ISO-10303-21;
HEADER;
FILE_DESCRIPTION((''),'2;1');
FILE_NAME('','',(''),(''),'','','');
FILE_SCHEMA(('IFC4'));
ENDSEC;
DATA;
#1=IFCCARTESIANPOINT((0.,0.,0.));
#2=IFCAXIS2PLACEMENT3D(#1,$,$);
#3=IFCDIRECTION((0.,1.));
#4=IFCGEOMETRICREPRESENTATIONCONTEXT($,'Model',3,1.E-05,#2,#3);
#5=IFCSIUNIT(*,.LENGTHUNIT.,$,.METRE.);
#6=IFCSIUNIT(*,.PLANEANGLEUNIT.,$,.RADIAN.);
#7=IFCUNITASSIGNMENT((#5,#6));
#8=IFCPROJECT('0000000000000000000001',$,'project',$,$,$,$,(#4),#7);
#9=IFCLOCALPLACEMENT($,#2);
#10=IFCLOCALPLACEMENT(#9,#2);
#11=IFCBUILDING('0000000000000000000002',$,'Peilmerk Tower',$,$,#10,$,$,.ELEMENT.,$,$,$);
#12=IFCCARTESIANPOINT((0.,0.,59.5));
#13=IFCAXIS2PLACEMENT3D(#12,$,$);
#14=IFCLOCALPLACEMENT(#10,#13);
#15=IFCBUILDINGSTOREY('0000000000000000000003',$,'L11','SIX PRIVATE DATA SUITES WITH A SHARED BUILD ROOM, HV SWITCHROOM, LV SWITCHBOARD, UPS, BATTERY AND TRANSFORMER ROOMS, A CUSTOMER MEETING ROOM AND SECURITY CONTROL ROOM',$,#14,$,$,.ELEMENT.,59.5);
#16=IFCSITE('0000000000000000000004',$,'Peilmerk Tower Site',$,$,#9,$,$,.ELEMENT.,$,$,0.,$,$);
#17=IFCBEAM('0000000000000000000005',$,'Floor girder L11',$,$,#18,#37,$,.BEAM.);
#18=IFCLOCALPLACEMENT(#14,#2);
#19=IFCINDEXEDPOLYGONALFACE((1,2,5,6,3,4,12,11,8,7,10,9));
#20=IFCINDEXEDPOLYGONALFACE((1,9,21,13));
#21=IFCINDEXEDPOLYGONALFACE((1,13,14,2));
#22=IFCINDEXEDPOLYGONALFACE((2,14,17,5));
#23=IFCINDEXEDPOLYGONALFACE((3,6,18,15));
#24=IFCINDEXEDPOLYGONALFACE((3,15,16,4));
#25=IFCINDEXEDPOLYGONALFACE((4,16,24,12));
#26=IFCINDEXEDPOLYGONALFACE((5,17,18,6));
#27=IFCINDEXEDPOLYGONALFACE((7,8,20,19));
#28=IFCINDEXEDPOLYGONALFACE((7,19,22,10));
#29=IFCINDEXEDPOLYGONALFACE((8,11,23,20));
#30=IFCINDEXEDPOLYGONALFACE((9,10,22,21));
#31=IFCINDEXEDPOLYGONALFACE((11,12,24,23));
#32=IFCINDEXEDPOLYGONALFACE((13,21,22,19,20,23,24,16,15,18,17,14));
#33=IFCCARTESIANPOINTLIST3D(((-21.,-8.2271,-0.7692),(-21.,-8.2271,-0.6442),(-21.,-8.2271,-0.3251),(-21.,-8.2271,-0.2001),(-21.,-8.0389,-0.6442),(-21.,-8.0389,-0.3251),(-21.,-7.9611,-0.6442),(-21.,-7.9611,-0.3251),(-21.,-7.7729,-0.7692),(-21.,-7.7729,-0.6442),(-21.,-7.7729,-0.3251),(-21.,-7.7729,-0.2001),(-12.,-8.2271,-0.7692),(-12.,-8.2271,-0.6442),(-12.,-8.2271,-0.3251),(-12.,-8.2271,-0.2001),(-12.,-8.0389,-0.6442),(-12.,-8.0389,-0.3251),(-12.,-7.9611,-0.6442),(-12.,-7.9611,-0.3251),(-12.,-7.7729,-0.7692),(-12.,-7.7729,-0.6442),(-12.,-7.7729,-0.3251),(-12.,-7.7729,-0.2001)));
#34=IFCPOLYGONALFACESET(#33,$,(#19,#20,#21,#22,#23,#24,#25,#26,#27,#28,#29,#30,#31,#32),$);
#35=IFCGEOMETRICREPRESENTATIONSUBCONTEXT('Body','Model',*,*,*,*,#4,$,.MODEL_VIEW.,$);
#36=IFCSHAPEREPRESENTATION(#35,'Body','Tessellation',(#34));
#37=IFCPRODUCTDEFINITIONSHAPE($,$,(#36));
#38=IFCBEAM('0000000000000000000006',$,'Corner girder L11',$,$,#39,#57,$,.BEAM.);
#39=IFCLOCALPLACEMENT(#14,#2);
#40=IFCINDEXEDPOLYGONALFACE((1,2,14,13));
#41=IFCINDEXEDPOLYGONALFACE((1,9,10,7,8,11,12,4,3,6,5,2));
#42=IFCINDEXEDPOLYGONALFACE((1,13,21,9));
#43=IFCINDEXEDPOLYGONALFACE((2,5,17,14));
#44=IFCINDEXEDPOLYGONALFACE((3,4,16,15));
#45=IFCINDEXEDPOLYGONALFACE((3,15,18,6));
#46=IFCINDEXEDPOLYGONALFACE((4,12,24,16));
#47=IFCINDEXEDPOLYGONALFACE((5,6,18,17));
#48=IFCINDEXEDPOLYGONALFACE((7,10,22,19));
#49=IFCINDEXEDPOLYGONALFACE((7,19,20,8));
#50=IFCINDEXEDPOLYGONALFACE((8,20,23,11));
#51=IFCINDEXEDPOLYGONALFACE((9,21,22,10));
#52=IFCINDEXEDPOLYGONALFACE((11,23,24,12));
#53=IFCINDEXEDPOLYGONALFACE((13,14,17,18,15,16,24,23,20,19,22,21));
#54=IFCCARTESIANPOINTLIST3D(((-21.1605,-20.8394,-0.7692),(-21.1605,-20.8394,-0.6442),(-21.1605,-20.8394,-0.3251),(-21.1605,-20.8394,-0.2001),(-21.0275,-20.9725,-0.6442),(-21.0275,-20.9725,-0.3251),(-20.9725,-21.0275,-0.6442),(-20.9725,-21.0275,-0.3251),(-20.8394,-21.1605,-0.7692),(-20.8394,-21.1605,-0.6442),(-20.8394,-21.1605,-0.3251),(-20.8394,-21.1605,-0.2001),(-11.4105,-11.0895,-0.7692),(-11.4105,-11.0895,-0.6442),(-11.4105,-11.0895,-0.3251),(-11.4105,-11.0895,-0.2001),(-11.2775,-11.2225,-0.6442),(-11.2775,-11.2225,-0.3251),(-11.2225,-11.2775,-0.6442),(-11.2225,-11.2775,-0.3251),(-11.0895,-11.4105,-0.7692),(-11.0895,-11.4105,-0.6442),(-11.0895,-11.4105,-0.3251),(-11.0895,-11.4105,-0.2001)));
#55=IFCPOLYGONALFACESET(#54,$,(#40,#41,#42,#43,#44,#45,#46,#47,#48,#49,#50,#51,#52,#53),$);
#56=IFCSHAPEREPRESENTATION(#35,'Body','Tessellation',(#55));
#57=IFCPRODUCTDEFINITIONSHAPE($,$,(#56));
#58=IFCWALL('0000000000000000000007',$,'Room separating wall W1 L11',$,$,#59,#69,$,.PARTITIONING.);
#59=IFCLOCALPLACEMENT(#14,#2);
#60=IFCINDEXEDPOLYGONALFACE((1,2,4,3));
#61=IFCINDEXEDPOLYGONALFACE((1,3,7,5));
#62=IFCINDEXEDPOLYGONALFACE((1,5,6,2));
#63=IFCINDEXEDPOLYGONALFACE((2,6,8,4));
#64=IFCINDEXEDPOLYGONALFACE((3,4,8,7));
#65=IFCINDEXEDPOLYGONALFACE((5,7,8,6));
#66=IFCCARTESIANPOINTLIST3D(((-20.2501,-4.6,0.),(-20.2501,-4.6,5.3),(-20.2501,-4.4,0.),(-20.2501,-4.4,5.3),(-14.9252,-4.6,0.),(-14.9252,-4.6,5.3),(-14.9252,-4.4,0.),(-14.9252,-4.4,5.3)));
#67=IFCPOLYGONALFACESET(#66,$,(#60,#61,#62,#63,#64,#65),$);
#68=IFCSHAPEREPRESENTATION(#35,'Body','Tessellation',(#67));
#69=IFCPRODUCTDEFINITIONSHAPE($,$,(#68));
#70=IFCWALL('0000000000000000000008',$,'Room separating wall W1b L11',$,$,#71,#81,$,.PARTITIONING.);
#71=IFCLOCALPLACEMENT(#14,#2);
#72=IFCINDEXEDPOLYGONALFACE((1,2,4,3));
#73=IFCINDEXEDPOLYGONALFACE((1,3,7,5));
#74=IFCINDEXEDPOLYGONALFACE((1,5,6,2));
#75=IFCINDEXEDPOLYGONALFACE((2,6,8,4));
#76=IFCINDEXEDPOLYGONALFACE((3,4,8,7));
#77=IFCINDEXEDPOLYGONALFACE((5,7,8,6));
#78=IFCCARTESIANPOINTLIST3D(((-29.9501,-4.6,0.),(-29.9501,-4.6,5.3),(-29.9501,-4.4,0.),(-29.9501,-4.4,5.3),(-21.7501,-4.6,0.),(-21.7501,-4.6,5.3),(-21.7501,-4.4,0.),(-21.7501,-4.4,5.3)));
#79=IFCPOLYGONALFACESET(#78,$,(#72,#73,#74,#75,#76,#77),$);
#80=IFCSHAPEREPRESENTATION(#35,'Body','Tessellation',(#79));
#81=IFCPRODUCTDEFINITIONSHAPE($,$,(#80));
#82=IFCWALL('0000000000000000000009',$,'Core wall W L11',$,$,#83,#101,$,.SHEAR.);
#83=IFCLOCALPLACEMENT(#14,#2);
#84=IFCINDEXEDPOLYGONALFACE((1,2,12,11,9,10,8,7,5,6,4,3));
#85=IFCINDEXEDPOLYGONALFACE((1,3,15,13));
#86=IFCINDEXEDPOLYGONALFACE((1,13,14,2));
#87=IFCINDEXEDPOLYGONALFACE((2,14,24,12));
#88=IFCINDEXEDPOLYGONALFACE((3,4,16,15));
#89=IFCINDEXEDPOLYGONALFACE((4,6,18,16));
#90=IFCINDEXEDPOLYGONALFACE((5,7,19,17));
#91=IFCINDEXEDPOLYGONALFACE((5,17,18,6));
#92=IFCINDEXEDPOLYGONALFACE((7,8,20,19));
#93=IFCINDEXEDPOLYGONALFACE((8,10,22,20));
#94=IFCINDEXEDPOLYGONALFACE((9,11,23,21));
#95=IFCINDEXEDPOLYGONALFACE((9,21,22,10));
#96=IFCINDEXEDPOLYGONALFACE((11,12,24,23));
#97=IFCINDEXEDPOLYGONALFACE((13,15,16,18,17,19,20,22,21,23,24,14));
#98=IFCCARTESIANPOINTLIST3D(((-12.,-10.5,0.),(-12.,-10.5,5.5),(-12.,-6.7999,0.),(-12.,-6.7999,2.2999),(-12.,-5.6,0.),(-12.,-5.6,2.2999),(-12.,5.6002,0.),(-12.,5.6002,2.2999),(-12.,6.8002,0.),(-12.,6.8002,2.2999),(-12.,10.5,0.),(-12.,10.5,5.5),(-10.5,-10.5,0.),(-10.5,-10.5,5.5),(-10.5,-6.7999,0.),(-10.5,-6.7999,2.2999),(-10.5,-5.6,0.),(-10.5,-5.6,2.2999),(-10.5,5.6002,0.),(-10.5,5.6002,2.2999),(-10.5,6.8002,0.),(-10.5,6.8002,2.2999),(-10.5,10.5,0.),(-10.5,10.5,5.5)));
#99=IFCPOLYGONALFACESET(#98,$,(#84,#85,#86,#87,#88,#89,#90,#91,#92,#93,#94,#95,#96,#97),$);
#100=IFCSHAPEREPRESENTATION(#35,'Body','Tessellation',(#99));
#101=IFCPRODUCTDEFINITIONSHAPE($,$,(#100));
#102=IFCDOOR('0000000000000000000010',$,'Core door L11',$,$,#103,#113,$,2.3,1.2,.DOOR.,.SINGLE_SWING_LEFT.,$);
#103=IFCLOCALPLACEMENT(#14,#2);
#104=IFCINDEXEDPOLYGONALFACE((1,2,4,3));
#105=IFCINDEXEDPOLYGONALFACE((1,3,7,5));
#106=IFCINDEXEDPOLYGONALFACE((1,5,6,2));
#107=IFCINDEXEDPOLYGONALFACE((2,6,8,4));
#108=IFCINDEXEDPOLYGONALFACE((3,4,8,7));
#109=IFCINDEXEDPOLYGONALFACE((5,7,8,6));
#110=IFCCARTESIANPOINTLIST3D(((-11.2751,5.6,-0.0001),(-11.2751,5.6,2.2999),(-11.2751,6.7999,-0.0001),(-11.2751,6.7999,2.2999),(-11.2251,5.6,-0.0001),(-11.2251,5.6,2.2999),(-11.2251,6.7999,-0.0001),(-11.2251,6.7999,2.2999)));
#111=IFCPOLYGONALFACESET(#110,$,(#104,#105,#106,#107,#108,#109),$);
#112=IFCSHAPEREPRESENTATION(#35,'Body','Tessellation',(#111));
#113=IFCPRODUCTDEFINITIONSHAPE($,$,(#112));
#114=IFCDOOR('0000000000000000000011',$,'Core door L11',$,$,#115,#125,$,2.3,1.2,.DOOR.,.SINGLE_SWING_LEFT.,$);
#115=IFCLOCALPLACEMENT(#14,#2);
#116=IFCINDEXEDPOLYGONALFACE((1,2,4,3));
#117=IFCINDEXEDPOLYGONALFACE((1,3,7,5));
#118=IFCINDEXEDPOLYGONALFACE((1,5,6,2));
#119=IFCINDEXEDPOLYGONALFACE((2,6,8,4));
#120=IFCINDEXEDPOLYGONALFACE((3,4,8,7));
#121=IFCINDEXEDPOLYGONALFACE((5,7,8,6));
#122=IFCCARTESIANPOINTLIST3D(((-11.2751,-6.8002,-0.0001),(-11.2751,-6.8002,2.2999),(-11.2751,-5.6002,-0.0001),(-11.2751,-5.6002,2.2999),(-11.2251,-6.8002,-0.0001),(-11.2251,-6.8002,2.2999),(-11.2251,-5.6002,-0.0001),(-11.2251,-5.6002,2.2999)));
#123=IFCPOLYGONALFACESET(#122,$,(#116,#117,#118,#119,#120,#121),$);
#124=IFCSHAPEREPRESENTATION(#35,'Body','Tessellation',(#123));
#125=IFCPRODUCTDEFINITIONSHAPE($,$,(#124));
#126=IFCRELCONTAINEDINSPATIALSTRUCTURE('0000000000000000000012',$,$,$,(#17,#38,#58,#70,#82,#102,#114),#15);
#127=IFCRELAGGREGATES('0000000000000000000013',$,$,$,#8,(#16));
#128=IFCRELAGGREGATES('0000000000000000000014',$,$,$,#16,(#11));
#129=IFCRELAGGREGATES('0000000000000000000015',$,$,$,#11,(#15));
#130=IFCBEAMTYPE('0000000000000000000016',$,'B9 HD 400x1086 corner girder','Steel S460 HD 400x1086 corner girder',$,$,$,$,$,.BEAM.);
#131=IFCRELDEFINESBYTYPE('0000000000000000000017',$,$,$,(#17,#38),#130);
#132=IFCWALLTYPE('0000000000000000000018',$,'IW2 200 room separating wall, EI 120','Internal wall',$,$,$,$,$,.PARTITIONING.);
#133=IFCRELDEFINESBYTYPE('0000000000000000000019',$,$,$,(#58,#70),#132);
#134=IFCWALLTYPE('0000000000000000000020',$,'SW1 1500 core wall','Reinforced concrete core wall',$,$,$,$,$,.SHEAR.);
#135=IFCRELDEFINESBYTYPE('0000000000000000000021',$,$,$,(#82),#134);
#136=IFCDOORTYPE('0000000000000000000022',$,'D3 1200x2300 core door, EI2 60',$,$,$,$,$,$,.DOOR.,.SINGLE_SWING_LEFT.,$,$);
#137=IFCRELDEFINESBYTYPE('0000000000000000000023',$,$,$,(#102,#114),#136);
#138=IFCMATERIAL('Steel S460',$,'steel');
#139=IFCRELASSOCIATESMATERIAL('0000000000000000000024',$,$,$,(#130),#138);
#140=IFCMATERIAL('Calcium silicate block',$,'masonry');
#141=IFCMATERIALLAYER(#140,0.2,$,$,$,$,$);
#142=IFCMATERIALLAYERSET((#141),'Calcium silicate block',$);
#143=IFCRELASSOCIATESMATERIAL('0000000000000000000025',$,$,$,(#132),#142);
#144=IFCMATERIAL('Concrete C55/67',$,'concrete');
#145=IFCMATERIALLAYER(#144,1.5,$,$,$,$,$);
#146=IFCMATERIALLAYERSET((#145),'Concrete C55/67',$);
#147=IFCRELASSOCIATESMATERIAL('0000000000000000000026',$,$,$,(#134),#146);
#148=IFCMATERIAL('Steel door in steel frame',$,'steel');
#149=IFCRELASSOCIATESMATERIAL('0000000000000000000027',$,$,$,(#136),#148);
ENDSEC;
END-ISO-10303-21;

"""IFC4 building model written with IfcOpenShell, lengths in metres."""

from ifc_helpers import new_model, si_unit, direction, frame, frame_2d, origin, origin_2d, place, context, subcontext, project, spatial, rectangle, i_section, extrude, material, layer, layer_set, material_profile, profile_set, type_object, element, fill, save


model = new_model("IFC4")

# Units and contexts
model_context = context("Model", 3, precision=1e-05, world=origin(), true_north=direction((0.0, 1.0)))
body_context = subcontext(model_context, "Body", "Model", "MODEL_VIEW")
ifc_project = project(units=[si_unit("LENGTHUNIT", "METRE"), si_unit("PLANEANGLEUNIT", "RADIAN")], contexts=[model_context])

# Site, building, storey
site_placement = place(None, origin())
site = spatial("IfcSite", under=ifc_project, at=site_placement, Name="Peilmerk Tower Site", CompositionType="ELEMENT", RefElevation=0.0)
building_placement = place(site_placement, origin())
building = spatial("IfcBuilding", under=site, at=building_placement, Name="Peilmerk Tower", CompositionType="ELEMENT")
storey_placement = place(building_placement, frame((0.0, 0.0, 59.5)))
storey = spatial("IfcBuildingStorey", under=building, at=storey_placement, Name="L11", Description="SIX PRIVATE DATA SUITES WITH A SHARED BUILD ROOM, HV SWITCHROOM, LV SWITCHBOARD, UPS, BATTERY AND TRANSFORMER ROOMS, A CUSTOMER MEETING ROOM AND SECURITY CONTROL ROOM", CompositionType="ELEMENT", Elevation=59.5)

# Beams
ifc_material_1 = material(Name="Steel S460", Category="steel")
ifc_material_profile_1 = material_profile(ifc_material_1, i_section(OverallWidth=0.4541, OverallDepth=0.5691, WebThickness=0.0779, FlangeThickness=0.125, at=origin_2d()), Name="HD 400x1086")
ifc_profile_set_1 = profile_set([ifc_material_profile_1], Name="Steel S460")
beam_type_1 = type_object("IfcBeamType", Name="B9 HD 400x1086 corner girder", Description="Steel S460 HD 400x1086 corner girder", PredefinedType="BEAM", material=ifc_profile_set_1)
for number, where, z_axis, x_axis, name in (
    (1, (-12.0, -8.0, -0.4846), (-1.0, 0.0, 0.0), (0.0, -1.0, 0.0), "Floor girder L11"),
):
    element("IfcBeam", number, at=place(storey_placement, frame(where, z_axis=z_axis, x_axis=x_axis)), inside=storey, type_object=beam_type_1, Name=name, PredefinedType="BEAM", context=body_context, shape_type="SweptSolid", body=[
        extrude(i_section(OverallWidth=0.4541, OverallDepth=0.5691, WebThickness=0.0779, FlangeThickness=0.125, at=origin_2d()), origin(), (0.0, 0.0, 1.0), 9.0),
    ])
beam_1_placement = place(storey_placement, frame((-11.25, -11.25, -0.4846), z_axis=(-0.707107, -0.707107, 0.0), x_axis=(0.707107, -0.707107, 0.0)))
element("IfcBeam", 2, at=beam_1_placement, inside=storey, type_object=beam_type_1, Name="Corner girder L11", PredefinedType="BEAM", context=body_context, shape_type="SweptSolid", body=[
    extrude(i_section(OverallWidth=0.4541, OverallDepth=0.5691, WebThickness=0.0779, FlangeThickness=0.125, at=origin_2d()), origin(), (0.0, 0.0, 1.0), 13.7886),
])

# Walls
ifc_material_2 = material(Name="Calcium silicate block", Category="masonry")
ifc_layer_1 = layer(ifc_material_2, 0.2)
ifc_layer_set_1 = layer_set([ifc_layer_1], Name="Calcium silicate block")
wall_type_1 = type_object("IfcWallType", Name="IW2 200 room separating wall, EI 120", Description="Internal wall", PredefinedType="PARTITIONING", material=ifc_layer_set_1)
wall_1_placement = place(storey_placement, frame((-14.925, -4.5, 0.0), z_axis=(0.0, 0.0, 1.0), x_axis=(-1.0, 0.0, 0.0)))
element("IfcWall", 3, at=wall_1_placement, inside=storey, type_object=wall_type_1, Name="Room separating wall W1 L11", PredefinedType="PARTITIONING", context=body_context, shape_type="SweptSolid", body=[
    extrude(rectangle(XDim=5.325, YDim=0.2, at=frame_2d((2.6626, 0.0))), origin(), (0.0, 0.0, 1.0), 5.3),
])
wall_2_placement = place(storey_placement, frame((-21.75, -4.5, 0.0), z_axis=(0.0, 0.0, 1.0), x_axis=(-1.0, 0.0, 0.0)))
element("IfcWall", 4, at=wall_2_placement, inside=storey, type_object=wall_type_1, Name="Room separating wall W1b L11", PredefinedType="PARTITIONING", context=body_context, shape_type="SweptSolid", body=[
    extrude(rectangle(XDim=8.2, YDim=0.2, at=frame_2d((4.1001, 0.0))), origin(), (0.0, 0.0, 1.0), 5.3),
])

# Wall, openings, doors
ifc_material_3 = material(Name="Concrete C55/67", Category="concrete")
ifc_layer_2 = layer(ifc_material_3, 1.5)
ifc_layer_set_2 = layer_set([ifc_layer_2], Name="Concrete C55/67")
wall_type_2 = type_object("IfcWallType", Name="SW1 1500 core wall", Description="Reinforced concrete core wall", PredefinedType="SHEAR", material=ifc_layer_set_2)
wall_3_placement = place(storey_placement, frame((-11.25, -10.5, 0.0), z_axis=(0.0, 0.0, 1.0), x_axis=(0.0, 1.0, 0.0)))
wall_3 = element("IfcWall", 5, at=wall_3_placement, inside=storey, type_object=wall_type_2, Name="Core wall W L11", PredefinedType="SHEAR", context=body_context, shape_type="SweptSolid", body=[
    extrude(rectangle(XDim=21.0, YDim=1.5, at=frame_2d((10.5, 0.0))), origin(), (0.0, 0.0, 1.0), 5.5),
])
opening_1_placement = place(wall_3_placement, frame((16.1001, 0.0, 0.0)))
opening_1 = element("IfcOpeningElement", 6, at=opening_1_placement, cuts=wall_3, PredefinedType="OPENING", context=body_context, shape_type="SweptSolid", body=[
    extrude(rectangle(XDim=1.2, YDim=2.3, at=frame_2d((0.6001, 1.1499))), frame((0.0, 0.76, 0.0), z_axis=(0.0, -1.0, 0.0), x_axis=(1.0, 0.0, 0.0)), (0.0, 0.0, 1.0), 1.52),
])
opening_2_placement = place(wall_3_placement, frame((3.7, 0.0, 0.0)))
opening_2 = element("IfcOpeningElement", 7, at=opening_2_placement, cuts=wall_3, PredefinedType="OPENING", context=body_context, shape_type="SweptSolid", body=[
    extrude(rectangle(XDim=1.2, YDim=2.3, at=frame_2d((0.6001, 1.1499))), frame((0.0, 0.76, 0.0), z_axis=(0.0, -1.0, 0.0), x_axis=(1.0, 0.0, 0.0)), (0.0, 0.0, 1.0), 1.52),
])
ifc_material_4 = material(Name="Steel door in steel frame", Category="steel")
door_type = type_object("IfcDoorType", Name="D3 1200x2300 core door, EI2 60", OperationType="SINGLE_SWING_LEFT", PredefinedType="DOOR", material=ifc_material_4)
door_1_placement = place(opening_1_placement, frame((1.2, 0.0, 0.0), z_axis=(0.0, 0.0, 1.0), x_axis=(-1.0, 0.0, 0.0)))
door_1 = element("IfcDoor", 8, at=door_1_placement, inside=storey, type_object=door_type, Name="Core door L11", OperationType="SINGLE_SWING_LEFT", OverallHeight=2.3, OverallWidth=1.2, PredefinedType="DOOR", context=body_context, shape_type="SweptSolid", body=[
    extrude(rectangle(XDim=1.2, YDim=2.3, at=frame_2d((0.6001, 1.1499))), frame((0.0, 0.0249, 0.0), z_axis=(0.0, -1.0, 0.0), x_axis=(1.0, 0.0, 0.0)), (0.0, 0.0, 1.0), 0.05),
])
fill(opening_1, door_1)
door_2_placement = place(opening_2_placement, frame((1.2, 0.0, 0.0), z_axis=(0.0, 0.0, 1.0), x_axis=(-1.0, 0.0, 0.0)))
door_2 = element("IfcDoor", 9, at=door_2_placement, inside=storey, type_object=door_type, Name="Core door L11", OperationType="SINGLE_SWING_LEFT", OverallHeight=2.3, OverallWidth=1.2, PredefinedType="DOOR", context=body_context, shape_type="SweptSolid", body=[
    extrude(rectangle(XDim=1.2, YDim=2.3, at=frame_2d((0.6001, 1.1499))), frame((0.0, 0.0249, 0.0), z_axis=(0.0, -1.0, 0.0), x_axis=(1.0, 0.0, 0.0)), (0.0, 0.0, 1.0), 0.05),
])
fill(opening_2, door_2)

save(model, "model.ifc")
